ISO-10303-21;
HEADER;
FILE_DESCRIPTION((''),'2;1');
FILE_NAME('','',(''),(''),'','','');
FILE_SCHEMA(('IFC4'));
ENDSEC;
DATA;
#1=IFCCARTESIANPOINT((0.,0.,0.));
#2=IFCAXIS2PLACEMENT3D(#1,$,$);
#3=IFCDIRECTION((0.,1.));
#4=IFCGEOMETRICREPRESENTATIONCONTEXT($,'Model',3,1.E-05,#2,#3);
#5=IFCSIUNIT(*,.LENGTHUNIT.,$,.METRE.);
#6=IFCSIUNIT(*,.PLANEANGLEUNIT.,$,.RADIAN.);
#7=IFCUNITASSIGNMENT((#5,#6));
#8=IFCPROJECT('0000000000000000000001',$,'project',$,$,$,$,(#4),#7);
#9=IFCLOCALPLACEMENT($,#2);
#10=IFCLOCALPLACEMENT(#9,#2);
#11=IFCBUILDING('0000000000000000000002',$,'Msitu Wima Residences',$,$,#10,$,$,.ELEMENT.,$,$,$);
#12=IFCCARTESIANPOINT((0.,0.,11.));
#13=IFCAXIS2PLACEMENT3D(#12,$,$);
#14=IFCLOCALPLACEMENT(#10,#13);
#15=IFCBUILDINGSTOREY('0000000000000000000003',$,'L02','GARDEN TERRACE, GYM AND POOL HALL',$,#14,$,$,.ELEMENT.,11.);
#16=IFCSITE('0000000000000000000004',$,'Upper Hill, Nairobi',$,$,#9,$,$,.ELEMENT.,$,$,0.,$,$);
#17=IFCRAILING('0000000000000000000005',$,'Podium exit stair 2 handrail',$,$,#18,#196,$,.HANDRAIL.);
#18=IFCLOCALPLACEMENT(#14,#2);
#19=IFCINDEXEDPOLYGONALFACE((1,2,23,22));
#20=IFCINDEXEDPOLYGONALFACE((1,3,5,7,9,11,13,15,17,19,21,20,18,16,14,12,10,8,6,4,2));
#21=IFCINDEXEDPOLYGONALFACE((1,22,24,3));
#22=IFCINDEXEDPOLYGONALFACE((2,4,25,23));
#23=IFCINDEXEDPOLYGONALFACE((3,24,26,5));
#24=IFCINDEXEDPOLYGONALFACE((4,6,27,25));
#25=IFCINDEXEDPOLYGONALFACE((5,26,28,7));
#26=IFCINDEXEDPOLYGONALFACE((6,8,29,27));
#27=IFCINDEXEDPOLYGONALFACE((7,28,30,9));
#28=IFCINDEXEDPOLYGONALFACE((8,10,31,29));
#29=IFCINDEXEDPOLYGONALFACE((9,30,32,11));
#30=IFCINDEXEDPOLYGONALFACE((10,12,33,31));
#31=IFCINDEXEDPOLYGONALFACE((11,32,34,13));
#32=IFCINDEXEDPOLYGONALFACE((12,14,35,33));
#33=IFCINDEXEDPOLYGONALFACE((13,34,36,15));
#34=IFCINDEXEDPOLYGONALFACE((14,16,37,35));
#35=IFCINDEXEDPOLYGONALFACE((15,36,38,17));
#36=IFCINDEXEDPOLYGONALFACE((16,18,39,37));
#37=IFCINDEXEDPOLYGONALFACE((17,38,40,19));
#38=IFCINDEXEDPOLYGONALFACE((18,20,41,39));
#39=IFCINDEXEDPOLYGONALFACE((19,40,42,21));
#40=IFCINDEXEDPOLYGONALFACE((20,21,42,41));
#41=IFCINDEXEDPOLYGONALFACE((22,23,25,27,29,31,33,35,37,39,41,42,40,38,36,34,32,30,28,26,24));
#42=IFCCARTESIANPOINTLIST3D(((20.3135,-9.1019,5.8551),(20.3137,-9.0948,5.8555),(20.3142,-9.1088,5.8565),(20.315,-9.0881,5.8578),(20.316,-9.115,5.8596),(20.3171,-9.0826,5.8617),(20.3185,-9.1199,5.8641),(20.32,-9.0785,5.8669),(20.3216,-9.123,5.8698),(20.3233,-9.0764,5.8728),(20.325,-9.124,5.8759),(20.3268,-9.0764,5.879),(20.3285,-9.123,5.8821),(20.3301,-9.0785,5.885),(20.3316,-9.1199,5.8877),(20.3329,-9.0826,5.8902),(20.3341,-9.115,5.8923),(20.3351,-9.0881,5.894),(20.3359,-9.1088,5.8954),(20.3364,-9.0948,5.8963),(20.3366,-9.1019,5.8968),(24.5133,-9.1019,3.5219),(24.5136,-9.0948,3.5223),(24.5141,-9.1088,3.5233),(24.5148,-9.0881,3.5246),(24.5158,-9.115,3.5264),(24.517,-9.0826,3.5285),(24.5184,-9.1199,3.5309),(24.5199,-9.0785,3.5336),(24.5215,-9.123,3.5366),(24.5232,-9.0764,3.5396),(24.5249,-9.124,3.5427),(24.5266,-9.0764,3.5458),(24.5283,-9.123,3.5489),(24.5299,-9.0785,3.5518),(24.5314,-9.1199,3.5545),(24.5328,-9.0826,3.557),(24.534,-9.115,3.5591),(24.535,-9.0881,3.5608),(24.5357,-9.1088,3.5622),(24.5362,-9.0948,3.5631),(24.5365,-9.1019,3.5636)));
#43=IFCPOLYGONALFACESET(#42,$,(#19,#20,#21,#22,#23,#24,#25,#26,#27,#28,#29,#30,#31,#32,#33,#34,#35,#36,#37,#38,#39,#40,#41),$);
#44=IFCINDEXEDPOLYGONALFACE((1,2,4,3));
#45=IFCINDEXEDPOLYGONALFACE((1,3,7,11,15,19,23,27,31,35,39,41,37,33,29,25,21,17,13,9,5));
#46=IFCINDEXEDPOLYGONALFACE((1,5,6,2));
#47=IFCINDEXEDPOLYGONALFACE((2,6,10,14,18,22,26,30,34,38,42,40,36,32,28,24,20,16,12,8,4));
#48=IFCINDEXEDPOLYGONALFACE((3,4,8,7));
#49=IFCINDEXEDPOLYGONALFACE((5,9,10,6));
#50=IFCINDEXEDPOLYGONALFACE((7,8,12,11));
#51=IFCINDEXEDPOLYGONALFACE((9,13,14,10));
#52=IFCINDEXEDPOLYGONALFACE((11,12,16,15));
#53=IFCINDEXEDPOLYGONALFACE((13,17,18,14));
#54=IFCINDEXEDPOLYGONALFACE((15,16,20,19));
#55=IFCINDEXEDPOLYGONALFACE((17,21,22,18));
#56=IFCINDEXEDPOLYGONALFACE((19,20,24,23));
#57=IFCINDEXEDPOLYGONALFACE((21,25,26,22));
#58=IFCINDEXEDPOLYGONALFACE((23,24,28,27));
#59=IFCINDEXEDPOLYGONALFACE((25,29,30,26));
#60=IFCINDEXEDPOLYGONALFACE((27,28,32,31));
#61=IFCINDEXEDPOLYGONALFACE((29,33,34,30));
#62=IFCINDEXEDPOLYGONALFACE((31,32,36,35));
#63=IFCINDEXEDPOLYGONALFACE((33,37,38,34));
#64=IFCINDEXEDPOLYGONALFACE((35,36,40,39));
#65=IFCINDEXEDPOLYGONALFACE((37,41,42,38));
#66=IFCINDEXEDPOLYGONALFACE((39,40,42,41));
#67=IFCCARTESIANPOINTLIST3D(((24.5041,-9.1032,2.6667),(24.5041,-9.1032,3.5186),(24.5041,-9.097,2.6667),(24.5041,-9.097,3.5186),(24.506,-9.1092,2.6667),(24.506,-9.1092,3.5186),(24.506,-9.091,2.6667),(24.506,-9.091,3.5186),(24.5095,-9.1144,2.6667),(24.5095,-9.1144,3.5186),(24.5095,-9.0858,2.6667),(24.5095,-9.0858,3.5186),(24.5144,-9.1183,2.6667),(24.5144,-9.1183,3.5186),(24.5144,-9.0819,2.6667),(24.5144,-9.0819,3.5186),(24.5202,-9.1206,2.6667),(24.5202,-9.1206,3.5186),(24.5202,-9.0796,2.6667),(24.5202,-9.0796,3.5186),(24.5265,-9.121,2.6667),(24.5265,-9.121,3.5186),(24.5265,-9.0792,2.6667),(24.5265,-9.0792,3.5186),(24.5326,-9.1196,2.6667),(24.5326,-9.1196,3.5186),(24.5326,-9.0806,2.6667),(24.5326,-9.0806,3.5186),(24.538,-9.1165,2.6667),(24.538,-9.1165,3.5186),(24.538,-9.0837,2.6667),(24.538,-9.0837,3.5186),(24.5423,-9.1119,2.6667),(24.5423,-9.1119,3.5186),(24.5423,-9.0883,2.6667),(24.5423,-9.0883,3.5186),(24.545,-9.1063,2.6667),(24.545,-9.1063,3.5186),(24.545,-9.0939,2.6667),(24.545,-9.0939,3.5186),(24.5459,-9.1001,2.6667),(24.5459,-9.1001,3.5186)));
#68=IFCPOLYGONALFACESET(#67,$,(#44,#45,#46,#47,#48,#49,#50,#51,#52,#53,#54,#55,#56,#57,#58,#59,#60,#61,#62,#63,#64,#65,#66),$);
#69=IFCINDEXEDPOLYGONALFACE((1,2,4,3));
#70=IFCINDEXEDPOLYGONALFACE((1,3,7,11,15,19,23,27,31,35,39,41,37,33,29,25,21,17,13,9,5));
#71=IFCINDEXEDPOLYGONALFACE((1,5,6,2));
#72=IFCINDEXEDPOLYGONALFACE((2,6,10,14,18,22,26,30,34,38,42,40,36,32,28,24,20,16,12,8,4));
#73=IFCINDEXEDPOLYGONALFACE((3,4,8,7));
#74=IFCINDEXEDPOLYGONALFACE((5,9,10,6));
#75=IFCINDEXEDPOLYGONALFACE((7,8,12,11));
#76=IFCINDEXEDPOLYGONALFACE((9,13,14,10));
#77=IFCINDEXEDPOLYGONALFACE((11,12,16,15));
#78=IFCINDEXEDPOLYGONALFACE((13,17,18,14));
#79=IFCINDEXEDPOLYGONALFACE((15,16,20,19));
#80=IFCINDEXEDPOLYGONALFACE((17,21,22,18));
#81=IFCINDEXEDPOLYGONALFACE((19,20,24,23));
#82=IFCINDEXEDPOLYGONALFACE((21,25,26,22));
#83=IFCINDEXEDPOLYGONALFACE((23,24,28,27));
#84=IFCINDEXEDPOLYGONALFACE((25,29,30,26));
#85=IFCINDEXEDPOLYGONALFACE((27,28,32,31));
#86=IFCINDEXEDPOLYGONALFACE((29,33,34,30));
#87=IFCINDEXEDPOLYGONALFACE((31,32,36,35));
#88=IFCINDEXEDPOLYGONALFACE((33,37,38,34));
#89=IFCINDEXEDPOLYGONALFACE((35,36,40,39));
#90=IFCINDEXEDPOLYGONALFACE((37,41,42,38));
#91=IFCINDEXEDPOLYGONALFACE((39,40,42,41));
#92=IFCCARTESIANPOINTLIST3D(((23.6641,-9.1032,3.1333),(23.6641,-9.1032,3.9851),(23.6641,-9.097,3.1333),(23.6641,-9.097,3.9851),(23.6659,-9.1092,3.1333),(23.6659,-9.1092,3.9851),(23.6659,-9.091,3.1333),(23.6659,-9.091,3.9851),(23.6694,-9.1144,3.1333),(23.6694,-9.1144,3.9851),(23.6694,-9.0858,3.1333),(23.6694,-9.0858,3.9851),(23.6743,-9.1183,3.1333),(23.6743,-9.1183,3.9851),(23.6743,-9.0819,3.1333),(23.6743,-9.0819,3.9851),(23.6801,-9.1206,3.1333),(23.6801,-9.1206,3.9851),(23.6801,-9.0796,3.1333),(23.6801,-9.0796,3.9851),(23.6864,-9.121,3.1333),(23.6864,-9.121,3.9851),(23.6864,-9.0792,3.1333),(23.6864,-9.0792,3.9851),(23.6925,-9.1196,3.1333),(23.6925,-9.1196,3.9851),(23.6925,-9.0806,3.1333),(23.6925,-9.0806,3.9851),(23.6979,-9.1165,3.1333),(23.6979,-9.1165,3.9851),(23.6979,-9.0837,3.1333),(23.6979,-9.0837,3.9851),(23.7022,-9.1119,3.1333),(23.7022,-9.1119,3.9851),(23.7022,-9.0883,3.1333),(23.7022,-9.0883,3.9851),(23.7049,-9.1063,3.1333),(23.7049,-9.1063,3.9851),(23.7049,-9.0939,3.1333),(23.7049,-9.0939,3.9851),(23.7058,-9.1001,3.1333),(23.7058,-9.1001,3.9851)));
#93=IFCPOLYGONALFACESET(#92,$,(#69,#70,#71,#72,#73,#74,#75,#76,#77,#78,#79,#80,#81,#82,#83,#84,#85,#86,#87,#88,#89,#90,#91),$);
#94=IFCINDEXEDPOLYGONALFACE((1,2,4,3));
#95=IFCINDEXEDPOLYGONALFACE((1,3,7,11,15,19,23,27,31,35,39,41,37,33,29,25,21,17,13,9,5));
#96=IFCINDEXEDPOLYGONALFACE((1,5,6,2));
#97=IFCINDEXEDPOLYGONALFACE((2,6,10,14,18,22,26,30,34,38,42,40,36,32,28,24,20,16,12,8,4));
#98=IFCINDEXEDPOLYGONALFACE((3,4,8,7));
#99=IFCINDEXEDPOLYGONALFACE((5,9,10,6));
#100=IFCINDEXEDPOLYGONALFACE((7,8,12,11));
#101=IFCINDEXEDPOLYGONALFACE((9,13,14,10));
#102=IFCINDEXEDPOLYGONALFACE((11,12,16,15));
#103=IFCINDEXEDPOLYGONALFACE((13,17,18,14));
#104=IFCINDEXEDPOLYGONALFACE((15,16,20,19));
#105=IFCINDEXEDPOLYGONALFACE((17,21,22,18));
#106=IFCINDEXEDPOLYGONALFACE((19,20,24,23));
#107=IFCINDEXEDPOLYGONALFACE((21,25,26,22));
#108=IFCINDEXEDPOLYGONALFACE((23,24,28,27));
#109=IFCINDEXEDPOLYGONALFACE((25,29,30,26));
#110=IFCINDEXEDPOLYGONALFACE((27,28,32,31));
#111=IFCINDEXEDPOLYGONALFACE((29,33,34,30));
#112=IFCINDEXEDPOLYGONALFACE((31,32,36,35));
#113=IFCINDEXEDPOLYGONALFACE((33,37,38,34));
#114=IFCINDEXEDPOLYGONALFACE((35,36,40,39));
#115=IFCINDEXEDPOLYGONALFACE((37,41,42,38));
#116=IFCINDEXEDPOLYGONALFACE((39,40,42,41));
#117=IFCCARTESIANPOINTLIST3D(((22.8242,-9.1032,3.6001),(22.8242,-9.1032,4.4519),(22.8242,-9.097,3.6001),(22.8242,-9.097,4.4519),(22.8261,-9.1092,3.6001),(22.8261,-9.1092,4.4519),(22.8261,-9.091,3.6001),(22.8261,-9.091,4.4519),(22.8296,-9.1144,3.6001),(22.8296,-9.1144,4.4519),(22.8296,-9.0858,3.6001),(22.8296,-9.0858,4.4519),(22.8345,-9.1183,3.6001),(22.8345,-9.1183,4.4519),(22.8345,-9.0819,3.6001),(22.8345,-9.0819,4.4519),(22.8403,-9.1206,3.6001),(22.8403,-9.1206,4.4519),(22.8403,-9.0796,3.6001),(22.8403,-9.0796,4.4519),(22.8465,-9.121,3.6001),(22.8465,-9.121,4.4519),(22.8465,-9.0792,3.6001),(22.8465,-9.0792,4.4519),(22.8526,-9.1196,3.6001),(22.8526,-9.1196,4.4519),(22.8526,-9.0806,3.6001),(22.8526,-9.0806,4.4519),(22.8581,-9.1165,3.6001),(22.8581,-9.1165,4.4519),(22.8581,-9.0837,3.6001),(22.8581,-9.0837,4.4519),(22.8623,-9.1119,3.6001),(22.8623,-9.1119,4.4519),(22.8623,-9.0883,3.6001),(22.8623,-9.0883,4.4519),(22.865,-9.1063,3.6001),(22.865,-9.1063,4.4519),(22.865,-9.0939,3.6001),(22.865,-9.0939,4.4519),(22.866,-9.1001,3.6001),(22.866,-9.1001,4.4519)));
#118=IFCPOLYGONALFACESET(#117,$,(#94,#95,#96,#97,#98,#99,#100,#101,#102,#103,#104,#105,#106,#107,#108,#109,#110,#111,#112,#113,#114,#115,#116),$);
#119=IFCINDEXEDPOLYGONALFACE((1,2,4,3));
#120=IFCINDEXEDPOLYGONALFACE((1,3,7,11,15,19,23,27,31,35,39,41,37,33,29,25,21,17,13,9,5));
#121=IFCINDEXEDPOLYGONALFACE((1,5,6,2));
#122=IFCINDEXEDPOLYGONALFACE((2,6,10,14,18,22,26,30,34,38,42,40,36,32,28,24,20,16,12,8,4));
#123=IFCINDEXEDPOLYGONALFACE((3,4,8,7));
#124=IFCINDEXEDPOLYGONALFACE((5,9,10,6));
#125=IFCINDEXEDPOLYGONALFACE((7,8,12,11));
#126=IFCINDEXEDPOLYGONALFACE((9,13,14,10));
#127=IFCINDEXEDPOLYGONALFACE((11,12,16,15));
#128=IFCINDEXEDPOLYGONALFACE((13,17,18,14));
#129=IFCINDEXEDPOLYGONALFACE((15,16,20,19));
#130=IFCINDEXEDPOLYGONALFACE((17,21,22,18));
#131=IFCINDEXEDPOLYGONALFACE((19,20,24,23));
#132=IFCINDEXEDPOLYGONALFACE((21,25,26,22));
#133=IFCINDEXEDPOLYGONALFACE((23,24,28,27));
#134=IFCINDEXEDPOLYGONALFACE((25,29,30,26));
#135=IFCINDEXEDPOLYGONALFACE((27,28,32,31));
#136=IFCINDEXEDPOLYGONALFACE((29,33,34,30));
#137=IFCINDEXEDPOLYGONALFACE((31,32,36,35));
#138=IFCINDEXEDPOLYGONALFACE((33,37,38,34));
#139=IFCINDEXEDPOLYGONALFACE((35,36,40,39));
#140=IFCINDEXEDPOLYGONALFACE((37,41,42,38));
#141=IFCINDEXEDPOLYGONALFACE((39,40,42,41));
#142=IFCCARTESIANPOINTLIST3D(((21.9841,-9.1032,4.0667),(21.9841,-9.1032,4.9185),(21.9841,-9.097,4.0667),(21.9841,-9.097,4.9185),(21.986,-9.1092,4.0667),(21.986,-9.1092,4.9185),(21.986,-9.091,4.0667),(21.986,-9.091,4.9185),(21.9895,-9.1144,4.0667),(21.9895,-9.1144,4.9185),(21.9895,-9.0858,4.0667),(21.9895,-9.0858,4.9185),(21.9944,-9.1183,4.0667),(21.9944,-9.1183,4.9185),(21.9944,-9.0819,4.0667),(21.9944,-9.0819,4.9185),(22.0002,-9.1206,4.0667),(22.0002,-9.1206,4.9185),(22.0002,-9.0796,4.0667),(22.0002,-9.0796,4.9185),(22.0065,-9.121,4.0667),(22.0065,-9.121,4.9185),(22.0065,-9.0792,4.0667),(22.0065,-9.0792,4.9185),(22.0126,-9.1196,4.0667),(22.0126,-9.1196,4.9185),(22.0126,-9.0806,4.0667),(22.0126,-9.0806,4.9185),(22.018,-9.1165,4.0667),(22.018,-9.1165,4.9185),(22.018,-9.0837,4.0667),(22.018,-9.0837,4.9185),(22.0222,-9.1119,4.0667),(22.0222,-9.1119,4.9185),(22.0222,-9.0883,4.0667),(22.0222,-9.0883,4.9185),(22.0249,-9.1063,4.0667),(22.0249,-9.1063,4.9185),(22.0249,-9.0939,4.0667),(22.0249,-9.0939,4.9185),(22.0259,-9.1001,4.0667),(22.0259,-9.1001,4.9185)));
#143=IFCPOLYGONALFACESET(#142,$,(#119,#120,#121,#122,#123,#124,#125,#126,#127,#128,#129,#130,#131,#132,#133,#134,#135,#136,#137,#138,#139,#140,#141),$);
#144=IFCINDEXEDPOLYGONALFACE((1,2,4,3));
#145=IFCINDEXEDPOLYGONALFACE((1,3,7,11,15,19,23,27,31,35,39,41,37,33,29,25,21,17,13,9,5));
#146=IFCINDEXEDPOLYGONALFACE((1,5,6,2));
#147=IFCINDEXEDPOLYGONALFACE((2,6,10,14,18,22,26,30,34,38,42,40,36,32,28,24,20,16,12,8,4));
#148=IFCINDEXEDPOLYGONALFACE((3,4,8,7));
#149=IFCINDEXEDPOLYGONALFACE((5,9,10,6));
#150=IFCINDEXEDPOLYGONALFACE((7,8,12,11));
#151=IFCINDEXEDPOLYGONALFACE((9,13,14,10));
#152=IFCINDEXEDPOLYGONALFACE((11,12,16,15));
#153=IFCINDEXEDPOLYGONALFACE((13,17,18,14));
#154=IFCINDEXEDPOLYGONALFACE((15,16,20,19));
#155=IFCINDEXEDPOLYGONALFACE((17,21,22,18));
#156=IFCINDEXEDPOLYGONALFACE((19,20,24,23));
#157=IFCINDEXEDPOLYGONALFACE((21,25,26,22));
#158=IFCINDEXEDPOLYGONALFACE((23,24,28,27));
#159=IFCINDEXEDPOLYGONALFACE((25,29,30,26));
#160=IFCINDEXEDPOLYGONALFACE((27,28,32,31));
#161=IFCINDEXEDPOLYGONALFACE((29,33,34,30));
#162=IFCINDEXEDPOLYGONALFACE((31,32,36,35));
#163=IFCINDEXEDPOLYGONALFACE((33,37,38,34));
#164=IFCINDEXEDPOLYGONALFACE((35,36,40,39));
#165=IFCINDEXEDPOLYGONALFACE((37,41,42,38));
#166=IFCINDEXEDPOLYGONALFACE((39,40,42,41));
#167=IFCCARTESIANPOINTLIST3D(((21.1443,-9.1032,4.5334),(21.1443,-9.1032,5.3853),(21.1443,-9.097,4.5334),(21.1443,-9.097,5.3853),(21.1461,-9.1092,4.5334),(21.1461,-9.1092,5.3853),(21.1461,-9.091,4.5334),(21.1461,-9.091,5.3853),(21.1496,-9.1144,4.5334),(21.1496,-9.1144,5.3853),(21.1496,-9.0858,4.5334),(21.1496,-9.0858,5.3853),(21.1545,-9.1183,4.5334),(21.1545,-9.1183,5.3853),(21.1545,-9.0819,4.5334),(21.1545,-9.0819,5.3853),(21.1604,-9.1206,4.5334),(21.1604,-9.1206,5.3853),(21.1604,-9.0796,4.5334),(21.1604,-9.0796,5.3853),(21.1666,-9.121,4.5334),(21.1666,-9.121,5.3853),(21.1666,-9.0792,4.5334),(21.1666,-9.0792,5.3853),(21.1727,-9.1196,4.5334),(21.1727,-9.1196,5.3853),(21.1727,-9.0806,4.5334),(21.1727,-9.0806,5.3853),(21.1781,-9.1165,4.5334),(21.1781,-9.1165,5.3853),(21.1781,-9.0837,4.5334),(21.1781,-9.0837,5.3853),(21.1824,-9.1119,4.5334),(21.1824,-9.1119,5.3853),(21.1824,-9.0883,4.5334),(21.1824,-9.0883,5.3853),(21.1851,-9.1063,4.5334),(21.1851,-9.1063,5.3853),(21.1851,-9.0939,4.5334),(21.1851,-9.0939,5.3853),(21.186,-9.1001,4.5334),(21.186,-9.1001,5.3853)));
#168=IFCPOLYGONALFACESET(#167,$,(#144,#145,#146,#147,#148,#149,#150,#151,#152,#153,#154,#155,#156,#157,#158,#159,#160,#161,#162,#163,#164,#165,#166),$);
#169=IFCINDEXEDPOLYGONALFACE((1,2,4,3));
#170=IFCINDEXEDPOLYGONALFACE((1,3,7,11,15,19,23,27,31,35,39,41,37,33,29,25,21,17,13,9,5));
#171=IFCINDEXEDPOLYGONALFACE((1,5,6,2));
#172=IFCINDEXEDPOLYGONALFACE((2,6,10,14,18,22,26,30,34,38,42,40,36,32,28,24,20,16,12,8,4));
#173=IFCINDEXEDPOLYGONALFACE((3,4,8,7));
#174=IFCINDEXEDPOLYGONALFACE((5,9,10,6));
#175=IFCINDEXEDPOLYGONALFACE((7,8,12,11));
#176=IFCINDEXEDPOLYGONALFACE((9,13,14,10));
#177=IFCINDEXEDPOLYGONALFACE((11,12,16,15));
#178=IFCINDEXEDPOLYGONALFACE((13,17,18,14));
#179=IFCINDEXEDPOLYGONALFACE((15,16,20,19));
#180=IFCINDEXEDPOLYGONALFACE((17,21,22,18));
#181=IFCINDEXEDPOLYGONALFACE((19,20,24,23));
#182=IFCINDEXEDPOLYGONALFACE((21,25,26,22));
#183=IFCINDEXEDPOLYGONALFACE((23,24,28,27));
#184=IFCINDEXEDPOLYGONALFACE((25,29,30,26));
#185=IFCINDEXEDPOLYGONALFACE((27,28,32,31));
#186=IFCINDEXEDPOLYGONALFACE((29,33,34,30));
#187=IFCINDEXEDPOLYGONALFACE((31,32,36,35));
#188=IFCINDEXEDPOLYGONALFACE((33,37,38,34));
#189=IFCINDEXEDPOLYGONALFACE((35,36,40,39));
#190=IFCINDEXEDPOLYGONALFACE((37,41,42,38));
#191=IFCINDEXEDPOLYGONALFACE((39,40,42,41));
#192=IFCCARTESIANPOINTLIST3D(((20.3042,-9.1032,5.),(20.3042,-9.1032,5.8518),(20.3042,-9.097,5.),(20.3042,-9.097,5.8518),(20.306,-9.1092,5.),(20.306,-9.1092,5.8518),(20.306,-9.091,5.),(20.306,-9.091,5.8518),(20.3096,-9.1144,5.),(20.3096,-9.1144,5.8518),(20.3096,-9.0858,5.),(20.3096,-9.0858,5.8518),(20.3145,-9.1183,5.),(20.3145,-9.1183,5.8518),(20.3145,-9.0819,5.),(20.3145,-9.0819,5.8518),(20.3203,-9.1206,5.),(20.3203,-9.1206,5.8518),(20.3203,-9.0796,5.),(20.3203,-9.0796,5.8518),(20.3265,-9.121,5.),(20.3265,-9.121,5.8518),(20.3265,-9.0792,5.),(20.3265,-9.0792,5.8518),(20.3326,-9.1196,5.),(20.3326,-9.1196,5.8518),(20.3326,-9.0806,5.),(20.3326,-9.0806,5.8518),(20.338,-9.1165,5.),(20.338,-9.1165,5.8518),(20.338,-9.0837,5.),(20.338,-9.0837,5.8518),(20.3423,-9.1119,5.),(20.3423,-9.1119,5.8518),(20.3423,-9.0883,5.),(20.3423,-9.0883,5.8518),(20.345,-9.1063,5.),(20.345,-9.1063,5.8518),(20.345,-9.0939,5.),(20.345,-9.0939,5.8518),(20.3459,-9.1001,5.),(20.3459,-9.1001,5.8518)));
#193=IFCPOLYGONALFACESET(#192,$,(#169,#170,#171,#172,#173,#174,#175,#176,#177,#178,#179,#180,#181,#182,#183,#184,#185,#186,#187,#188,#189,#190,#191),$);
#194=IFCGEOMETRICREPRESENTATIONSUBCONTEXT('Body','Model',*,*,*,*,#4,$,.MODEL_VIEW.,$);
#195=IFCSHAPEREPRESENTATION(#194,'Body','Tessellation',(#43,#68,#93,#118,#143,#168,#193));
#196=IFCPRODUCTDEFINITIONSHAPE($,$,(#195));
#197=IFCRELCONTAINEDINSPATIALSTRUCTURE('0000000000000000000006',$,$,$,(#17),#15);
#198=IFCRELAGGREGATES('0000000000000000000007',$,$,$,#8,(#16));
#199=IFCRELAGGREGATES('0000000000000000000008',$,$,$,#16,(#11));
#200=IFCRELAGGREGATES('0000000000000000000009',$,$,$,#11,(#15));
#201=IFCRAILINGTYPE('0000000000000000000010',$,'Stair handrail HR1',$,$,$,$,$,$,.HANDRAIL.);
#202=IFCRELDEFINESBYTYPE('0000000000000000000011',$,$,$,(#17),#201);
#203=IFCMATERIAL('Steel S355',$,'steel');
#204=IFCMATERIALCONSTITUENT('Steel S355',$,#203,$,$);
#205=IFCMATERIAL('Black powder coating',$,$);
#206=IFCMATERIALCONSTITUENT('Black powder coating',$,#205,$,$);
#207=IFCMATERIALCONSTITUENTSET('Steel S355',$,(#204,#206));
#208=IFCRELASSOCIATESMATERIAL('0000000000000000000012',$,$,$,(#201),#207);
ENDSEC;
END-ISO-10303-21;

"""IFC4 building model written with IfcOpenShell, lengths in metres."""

from ifc_helpers import new_model, si_unit, direction, frame, origin, origin_2d, place, context, subcontext, project, spatial, circle, extrude, material, constituent, constituent_set, type_object, element, save


model = new_model("IFC4")

# Units and contexts
model_context = context("Model", 3, precision=1e-05, world=origin(), true_north=direction((0.0, 1.0)))
body_context = subcontext(model_context, "Body", "Model", "MODEL_VIEW")
ifc_project = project(units=[si_unit("LENGTHUNIT", "METRE"), si_unit("PLANEANGLEUNIT", "RADIAN")], contexts=[model_context])

# Site, building, storey
site_placement = place(None, origin())
site = spatial("IfcSite", under=ifc_project, at=site_placement, Name="Upper Hill, Nairobi", CompositionType="ELEMENT", RefElevation=0.0)
building_placement = place(site_placement, origin())
building = spatial("IfcBuilding", under=site, at=building_placement, Name="Msitu Wima Residences", CompositionType="ELEMENT")
storey_placement = place(building_placement, frame((0.0, 0.0, 11.0)))
storey = spatial("IfcBuildingStorey", under=building, at=storey_placement, Name="L02", Description="GARDEN TERRACE, GYM AND POOL HALL", CompositionType="ELEMENT", Elevation=11.0)

# Railing
ifc_material_1 = material(Name="Steel S355", Category="steel")
ifc_constituent_1 = constituent(ifc_material_1, Name="Steel S355")
ifc_material_2 = material(Name="Black powder coating")
ifc_constituent_2 = constituent(ifc_material_2, Name="Black powder coating")
ifc_constituent_set = constituent_set(constituents=[ifc_constituent_1, ifc_constituent_2], Name="Steel S355")
railing_type = type_object("IfcRailingType", Name="Stair handrail HR1", PredefinedType="HANDRAIL", material=ifc_constituent_set)
for number, where, name in (
    (1, (24.5249, -9.1001, 2.6667), "Podium exit stair 2 handrail"),
):
    element("IfcRailing", number, at=place(storey_placement, frame(where)), inside=storey, type_object=railing_type, Name=name, PredefinedType="HANDRAIL", context=body_context, shape_type="SweptSolid", body=[
        extrude(circle(Radius=0.0239, at=origin_2d()), frame((0.0, 0.0, 0.876), z_axis=(-0.874162, 0.0, 0.485634), x_axis=(0.0, -1.0, 0.0)), (0.0, 0.0, 1.0), 4.8044),
        extrude(circle(Radius=0.021, at=origin_2d()), origin(), (0.0, 0.0, 1.0), 0.8518),
        extrude(circle(Radius=0.021, at=origin_2d()), frame((-0.8401, 0.0, 0.4666)), (0.0, 0.0, 1.0), 0.8518),
        extrude(circle(Radius=0.021, at=origin_2d()), frame((-1.6799, 0.0, 0.9333)), (0.0, 0.0, 1.0), 0.8518),
        extrude(circle(Radius=0.021, at=origin_2d()), frame((-2.52, 0.0, 1.3999)), (0.0, 0.0, 1.0), 0.8518),
        extrude(circle(Radius=0.021, at=origin_2d()), frame((-3.3599, 0.0, 1.8667)), (0.0, 0.0, 1.0), 0.8518),
        extrude(circle(Radius=0.021, at=origin_2d()), frame((-4.2, 0.0, 2.3333)), (0.0, 0.0, 1.0), 0.8518),
    ])

save(model, "model.ifc")
